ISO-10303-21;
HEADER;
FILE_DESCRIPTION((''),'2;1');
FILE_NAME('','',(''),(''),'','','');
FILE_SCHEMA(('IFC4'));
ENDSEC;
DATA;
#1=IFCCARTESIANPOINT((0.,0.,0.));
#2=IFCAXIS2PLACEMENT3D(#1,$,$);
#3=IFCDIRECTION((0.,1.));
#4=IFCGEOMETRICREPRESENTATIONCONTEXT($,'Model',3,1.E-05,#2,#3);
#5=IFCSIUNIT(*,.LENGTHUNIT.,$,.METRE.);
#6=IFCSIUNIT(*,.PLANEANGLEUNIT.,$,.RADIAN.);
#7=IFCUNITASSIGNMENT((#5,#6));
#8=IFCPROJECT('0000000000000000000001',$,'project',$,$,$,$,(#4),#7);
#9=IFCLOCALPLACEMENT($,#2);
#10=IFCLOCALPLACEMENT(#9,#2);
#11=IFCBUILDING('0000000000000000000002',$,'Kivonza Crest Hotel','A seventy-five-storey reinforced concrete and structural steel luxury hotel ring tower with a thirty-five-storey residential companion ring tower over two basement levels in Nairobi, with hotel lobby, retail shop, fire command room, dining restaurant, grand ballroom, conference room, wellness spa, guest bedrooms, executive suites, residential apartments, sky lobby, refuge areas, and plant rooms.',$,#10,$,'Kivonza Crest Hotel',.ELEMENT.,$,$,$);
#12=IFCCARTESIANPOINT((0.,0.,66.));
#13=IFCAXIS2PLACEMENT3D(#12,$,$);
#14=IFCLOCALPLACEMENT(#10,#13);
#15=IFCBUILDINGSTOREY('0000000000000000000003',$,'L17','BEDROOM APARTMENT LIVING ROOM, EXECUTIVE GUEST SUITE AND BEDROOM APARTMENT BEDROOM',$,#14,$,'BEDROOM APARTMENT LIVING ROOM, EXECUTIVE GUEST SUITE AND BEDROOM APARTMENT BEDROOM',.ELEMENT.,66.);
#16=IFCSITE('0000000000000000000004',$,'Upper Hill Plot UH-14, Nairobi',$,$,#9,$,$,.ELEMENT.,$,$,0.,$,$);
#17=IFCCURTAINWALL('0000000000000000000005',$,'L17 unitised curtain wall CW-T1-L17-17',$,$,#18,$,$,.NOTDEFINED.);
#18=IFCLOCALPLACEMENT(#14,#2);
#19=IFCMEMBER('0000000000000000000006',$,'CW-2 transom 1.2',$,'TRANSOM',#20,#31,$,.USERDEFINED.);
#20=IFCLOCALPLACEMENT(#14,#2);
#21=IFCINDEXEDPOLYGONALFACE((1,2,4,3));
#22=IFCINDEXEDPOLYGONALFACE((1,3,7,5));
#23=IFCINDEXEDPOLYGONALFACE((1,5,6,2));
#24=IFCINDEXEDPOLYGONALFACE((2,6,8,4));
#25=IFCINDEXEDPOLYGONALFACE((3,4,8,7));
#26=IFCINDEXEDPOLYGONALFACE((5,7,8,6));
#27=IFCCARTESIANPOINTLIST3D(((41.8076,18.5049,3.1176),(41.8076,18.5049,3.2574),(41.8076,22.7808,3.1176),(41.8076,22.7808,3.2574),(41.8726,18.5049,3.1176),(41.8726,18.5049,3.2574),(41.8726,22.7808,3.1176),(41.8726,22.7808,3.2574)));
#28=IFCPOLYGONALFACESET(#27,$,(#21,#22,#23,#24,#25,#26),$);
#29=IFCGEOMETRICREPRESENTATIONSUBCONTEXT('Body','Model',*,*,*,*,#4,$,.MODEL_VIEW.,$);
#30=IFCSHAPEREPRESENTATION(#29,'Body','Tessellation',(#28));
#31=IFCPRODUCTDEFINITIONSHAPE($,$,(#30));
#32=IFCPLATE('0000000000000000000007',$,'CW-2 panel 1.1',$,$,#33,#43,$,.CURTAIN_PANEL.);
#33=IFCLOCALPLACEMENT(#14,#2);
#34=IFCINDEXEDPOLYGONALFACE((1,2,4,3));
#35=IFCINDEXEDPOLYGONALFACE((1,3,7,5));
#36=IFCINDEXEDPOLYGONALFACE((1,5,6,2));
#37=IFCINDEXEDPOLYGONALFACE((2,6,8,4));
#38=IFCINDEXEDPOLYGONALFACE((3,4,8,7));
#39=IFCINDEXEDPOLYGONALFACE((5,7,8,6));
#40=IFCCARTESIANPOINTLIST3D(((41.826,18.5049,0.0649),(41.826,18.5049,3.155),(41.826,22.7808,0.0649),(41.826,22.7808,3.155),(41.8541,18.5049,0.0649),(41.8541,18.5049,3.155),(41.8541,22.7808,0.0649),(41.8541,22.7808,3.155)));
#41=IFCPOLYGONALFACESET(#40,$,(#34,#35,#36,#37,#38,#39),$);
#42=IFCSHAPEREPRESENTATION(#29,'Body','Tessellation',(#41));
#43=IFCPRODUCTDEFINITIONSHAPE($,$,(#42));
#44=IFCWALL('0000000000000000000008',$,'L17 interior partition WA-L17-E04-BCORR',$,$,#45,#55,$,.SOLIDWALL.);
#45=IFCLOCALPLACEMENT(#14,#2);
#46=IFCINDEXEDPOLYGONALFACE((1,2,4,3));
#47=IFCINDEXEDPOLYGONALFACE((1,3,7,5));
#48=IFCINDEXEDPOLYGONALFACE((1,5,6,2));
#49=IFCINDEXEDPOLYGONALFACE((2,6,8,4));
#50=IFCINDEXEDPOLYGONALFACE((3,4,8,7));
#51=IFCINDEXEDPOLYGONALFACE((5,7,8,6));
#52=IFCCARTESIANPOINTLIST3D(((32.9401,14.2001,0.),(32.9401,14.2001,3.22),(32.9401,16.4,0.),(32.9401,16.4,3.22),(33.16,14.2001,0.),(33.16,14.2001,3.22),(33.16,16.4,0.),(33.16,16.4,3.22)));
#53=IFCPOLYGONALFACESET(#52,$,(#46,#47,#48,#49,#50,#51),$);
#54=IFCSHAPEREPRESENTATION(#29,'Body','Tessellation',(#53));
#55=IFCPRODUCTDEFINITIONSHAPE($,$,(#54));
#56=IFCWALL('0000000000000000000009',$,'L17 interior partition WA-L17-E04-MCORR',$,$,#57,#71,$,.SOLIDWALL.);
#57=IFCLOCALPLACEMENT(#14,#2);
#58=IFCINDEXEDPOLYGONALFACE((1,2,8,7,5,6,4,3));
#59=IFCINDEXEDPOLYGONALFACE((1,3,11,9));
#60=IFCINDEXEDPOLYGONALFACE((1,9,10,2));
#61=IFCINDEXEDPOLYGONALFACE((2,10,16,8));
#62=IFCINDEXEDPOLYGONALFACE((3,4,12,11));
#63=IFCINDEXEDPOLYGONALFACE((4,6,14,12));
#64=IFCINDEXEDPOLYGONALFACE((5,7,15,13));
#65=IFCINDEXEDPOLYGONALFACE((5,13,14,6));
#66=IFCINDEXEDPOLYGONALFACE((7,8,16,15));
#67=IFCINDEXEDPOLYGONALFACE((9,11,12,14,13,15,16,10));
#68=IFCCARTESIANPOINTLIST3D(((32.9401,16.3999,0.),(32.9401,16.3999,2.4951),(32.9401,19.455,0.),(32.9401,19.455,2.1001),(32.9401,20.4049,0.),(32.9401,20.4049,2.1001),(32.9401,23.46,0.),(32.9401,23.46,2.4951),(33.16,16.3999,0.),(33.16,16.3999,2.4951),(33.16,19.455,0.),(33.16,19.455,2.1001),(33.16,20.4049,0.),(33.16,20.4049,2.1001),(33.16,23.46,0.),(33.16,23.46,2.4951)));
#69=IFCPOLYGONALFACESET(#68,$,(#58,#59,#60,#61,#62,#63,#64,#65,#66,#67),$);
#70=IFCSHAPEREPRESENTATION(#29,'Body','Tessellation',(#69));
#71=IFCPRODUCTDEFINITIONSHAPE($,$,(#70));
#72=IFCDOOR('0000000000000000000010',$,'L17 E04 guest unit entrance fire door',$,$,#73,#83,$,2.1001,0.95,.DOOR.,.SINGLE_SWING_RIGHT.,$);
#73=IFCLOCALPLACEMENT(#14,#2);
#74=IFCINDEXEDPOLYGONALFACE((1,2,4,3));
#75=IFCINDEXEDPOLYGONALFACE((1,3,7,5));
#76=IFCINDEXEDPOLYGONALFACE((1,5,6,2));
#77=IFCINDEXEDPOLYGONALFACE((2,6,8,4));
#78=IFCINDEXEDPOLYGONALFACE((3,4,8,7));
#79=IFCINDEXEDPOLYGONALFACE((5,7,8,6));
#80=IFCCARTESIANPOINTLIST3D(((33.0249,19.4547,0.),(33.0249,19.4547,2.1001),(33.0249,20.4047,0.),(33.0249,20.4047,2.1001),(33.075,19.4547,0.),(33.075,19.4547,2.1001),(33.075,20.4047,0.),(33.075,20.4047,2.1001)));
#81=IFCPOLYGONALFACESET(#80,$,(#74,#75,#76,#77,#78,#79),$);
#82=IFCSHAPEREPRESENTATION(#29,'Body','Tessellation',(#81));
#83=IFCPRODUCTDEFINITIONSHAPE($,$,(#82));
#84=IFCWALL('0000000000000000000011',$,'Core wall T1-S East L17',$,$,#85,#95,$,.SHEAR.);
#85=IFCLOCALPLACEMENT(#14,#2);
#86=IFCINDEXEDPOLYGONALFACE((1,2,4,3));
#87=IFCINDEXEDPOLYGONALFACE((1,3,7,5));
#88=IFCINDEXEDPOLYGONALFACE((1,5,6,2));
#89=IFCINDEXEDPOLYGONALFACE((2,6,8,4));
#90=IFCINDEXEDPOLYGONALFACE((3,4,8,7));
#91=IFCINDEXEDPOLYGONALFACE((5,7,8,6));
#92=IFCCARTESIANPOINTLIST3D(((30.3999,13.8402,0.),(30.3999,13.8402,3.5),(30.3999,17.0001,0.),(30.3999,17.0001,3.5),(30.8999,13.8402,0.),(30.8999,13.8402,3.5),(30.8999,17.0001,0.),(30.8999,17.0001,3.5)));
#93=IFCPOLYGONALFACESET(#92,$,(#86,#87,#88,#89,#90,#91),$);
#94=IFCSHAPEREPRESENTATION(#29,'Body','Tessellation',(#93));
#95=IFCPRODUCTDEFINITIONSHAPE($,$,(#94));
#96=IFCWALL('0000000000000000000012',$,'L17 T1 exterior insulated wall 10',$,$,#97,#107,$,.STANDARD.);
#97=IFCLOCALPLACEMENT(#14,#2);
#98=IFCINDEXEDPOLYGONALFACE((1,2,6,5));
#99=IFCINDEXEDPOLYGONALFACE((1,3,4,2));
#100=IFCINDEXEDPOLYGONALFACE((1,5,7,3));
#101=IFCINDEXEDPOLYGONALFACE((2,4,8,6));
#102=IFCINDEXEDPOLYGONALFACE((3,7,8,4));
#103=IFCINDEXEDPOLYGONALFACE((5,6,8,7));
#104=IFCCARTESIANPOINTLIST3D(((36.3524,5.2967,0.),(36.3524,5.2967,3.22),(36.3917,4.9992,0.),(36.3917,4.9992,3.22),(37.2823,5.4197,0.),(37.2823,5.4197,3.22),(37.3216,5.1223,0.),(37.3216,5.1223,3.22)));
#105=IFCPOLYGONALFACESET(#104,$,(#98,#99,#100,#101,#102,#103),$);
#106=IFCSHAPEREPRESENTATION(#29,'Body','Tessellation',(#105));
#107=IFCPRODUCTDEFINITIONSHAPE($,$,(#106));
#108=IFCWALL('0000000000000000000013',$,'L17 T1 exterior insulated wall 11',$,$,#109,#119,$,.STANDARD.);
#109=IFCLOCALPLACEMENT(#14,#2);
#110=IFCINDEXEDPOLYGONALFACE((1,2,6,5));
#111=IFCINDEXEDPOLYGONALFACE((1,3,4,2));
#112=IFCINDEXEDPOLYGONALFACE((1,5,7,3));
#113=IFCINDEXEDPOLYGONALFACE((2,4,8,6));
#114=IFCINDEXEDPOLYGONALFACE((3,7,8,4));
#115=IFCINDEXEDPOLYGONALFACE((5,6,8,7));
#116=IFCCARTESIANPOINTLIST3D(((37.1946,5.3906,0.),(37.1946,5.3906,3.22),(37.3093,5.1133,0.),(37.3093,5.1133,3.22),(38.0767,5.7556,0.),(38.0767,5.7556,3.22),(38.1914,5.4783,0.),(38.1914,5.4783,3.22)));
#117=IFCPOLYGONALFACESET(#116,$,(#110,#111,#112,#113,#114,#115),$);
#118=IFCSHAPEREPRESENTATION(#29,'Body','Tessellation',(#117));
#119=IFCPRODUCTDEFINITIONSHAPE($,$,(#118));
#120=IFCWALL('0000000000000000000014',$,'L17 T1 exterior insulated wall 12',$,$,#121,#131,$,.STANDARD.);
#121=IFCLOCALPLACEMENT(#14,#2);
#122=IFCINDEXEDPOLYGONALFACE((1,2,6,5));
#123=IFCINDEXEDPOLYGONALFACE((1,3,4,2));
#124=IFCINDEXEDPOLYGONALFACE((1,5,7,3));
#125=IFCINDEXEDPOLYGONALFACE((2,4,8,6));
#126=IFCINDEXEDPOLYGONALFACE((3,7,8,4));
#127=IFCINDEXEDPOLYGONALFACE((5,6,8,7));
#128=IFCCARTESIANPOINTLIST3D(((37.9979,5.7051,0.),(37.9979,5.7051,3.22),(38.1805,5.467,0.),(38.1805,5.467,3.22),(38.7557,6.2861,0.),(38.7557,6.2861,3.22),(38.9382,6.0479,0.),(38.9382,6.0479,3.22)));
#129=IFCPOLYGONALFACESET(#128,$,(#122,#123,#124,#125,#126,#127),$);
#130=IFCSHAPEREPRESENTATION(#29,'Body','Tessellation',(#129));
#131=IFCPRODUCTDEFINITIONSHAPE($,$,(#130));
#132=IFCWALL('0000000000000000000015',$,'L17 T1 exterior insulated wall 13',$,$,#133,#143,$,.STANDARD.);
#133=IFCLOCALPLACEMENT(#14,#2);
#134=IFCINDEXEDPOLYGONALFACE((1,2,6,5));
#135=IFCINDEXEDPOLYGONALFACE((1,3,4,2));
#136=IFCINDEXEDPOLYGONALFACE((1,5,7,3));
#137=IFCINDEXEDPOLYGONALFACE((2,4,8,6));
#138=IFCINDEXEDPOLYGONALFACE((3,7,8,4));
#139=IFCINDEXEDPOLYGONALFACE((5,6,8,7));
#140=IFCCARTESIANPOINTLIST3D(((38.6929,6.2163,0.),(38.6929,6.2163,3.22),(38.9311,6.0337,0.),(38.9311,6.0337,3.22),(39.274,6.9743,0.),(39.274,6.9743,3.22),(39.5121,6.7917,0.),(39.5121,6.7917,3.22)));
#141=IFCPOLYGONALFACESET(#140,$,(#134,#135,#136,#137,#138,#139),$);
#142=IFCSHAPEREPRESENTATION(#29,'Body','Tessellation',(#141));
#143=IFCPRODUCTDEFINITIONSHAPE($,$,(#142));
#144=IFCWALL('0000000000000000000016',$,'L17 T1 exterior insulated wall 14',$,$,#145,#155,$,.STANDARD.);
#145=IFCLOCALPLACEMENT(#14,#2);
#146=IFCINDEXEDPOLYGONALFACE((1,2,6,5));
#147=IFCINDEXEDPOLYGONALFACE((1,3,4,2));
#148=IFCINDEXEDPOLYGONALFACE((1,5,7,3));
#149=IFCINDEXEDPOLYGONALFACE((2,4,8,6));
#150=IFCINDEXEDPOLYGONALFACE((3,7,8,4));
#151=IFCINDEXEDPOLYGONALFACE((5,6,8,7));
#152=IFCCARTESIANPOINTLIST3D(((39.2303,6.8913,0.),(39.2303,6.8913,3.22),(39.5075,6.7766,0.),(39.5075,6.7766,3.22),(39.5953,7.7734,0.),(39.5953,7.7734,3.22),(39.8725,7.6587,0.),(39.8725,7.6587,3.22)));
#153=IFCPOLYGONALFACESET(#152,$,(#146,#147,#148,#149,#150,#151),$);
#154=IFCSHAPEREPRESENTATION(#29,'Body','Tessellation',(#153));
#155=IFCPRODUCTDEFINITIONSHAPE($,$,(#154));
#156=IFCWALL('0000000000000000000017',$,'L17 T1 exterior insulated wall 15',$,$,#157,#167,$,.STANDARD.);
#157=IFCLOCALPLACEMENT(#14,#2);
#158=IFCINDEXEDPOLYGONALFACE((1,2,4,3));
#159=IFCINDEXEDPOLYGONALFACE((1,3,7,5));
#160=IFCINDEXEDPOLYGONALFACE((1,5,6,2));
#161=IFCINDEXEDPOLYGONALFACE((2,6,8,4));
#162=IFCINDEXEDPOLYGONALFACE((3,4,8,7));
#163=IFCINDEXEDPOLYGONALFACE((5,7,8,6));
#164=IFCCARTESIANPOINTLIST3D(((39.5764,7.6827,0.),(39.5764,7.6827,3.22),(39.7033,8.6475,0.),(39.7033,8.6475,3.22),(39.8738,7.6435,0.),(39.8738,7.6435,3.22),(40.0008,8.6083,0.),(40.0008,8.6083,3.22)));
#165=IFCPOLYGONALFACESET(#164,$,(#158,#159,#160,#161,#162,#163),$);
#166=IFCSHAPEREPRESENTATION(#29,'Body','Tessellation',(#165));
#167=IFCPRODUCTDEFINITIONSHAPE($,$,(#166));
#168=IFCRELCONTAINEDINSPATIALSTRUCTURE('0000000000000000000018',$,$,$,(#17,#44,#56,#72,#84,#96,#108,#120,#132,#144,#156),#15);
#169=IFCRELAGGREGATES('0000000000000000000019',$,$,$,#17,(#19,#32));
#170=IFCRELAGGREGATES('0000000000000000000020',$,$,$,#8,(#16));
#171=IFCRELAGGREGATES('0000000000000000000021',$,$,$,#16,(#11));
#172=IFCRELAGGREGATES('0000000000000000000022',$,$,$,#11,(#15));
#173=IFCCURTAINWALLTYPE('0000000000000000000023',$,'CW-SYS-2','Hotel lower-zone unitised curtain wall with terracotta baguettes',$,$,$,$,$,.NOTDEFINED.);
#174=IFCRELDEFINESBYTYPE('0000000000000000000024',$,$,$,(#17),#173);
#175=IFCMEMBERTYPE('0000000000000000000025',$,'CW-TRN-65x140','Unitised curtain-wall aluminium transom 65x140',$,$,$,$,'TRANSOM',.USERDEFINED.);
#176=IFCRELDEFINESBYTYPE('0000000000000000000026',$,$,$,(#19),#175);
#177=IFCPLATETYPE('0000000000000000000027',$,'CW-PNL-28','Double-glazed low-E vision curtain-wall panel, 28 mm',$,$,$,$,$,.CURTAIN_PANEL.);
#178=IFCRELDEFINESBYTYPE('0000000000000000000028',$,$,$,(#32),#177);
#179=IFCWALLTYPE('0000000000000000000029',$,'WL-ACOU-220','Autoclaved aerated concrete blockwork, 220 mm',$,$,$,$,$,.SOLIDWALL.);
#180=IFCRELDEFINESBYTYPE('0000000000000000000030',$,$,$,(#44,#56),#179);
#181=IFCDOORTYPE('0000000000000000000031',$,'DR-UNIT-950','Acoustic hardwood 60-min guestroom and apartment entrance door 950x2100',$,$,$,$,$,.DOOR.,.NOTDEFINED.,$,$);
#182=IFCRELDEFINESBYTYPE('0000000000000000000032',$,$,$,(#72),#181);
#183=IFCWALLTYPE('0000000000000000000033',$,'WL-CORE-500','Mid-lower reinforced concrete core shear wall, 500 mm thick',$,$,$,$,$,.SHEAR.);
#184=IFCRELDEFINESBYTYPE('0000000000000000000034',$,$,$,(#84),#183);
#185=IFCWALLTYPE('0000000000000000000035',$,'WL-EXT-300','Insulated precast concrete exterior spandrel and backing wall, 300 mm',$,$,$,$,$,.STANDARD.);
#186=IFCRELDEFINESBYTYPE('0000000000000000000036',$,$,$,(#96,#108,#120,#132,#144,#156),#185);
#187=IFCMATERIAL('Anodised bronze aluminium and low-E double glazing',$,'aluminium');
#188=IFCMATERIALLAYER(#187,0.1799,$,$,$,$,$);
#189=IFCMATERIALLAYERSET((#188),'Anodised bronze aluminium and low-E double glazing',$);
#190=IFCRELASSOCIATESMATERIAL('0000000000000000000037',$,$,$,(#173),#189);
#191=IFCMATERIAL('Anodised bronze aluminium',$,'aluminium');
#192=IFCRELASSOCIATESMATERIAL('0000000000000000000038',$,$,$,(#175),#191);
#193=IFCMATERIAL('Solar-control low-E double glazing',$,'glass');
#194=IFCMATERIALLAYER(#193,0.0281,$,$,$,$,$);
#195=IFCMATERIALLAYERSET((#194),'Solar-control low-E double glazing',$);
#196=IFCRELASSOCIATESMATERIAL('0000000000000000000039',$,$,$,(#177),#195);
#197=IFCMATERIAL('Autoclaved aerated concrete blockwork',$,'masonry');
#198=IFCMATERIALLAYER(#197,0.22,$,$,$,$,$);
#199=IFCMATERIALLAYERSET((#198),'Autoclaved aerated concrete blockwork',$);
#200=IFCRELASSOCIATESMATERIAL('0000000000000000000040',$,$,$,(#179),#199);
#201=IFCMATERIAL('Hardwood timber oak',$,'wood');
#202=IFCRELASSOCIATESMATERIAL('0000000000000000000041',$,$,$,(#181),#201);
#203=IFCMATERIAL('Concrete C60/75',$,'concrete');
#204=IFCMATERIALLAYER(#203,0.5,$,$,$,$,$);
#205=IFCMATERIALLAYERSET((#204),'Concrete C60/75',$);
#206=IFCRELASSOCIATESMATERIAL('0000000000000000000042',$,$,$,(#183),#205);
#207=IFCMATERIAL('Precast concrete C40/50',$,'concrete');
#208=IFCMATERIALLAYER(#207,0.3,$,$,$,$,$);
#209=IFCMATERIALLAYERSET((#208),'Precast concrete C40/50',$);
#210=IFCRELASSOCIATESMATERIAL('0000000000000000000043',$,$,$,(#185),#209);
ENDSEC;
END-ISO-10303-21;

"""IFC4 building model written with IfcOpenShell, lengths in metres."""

from ifc_helpers import new_model, si_unit, direction, frame, frame_2d, origin, origin_2d, place, context, subcontext, project, spatial, rectangle, extrude, material, layer, layer_set, material_profile, profile_set, type_object, element, fill, aggregate, save


model = new_model("IFC4")

# Units and contexts
model_context = context("Model", 3, precision=1e-05, world=origin(), true_north=direction((0.0, 1.0)))
body_context = subcontext(model_context, "Body", "Model", "MODEL_VIEW")
ifc_project = project(units=[si_unit("LENGTHUNIT", "METRE"), si_unit("PLANEANGLEUNIT", "RADIAN")], contexts=[model_context])

# Site, building, storey
site_placement = place(None, origin())
site = spatial("IfcSite", under=ifc_project, at=site_placement, Name="Upper Hill Plot UH-14, Nairobi", CompositionType="ELEMENT", RefElevation=0.0)
building_placement = place(site_placement, origin())
building = spatial("IfcBuilding", under=site, at=building_placement, Name="Kivonza Crest Hotel", Description="A seventy-five-storey reinforced concrete and structural steel luxury hotel ring tower with a thirty-five-storey residential companion ring tower over two basement levels in Nairobi, with hotel lobby, retail shop, fire command room, dining restaurant, grand ballroom, conference room, wellness spa, guest bedrooms, executive suites, residential apartments, sky lobby, refuge areas, and plant rooms.", LongName="Kivonza Crest Hotel", CompositionType="ELEMENT")
storey_placement = place(building_placement, frame((0.0, 0.0, 66.0)))
storey = spatial("IfcBuildingStorey", under=building, at=storey_placement, Name="L17", Description="BEDROOM APARTMENT LIVING ROOM, EXECUTIVE GUEST SUITE AND BEDROOM APARTMENT BEDROOM", LongName="BEDROOM APARTMENT LIVING ROOM, EXECUTIVE GUEST SUITE AND BEDROOM APARTMENT BEDROOM", CompositionType="ELEMENT", Elevation=66.0)

# Shared definitions
ifc_material_1 = material(Name="Concrete C60/75", Category="concrete")

# Curtain wall, member, plate
ifc_material_2 = material(Name="Anodised bronze aluminium and low-E double glazing", Category="aluminium")
ifc_layer_1 = layer(ifc_material_2, 0.1799)
ifc_layer_set_1 = layer_set([ifc_layer_1], Name="Anodised bronze aluminium and low-E double glazing")
curtain_wall_type = type_object("IfcCurtainWallType", Name="CW-SYS-2", Description="Hotel lower-zone unitised curtain wall with terracotta baguettes", PredefinedType="NOTDEFINED", material=ifc_layer_set_1)
curtain_wall_placement = place(storey_placement, origin())
curtain_wall = element("IfcCurtainWall", 1, at=curtain_wall_placement, inside=storey, type_object=curtain_wall_type, Name="L17 unitised curtain wall CW-T1-L17-17", PredefinedType="NOTDEFINED")
ifc_material_3 = material(Name="Anodised bronze aluminium", Category="aluminium")
ifc_material_profile_1 = material_profile(ifc_material_3, rectangle(XDim=0.0649, YDim=0.1399, at=origin_2d()), Name="CW-T 65x140")
ifc_profile_set_1 = profile_set([ifc_material_profile_1], Name="Anodised bronze aluminium")
member_type_1 = type_object("IfcMemberType", Name="CW-TRN-65x140", Description="Unitised curtain-wall aluminium transom 65x140", ElementType="TRANSOM", PredefinedType="USERDEFINED", material=ifc_profile_set_1)
member_1_placement = place(storey_placement, frame((41.8401, 18.5049, 3.1875), z_axis=(0.0, 1.0, 0.0), x_axis=(-1.0, 0.0, 0.0)))
member_1 = element("IfcMember", 2, at=member_1_placement, type_object=member_type_1, Name="CW-2 transom 1.2", ObjectType="TRANSOM", PredefinedType="USERDEFINED", context=body_context, shape_type="SweptSolid", body=[
    extrude(rectangle(XDim=0.0649, YDim=0.1399, at=origin_2d()), origin(), (0.0, 0.0, 1.0), 4.2759),
])
ifc_material_4 = material(Name="Solar-control low-E double glazing", Category="glass")
ifc_layer_2 = layer(ifc_material_4, 0.0281)
ifc_layer_set_2 = layer_set([ifc_layer_2], Name="Solar-control low-E double glazing")
plate_type = type_object("IfcPlateType", Name="CW-PNL-28", Description="Double-glazed low-E vision curtain-wall panel, 28 mm", PredefinedType="CURTAIN_PANEL", material=ifc_layer_set_2)
plate_placement = place(storey_placement, frame((41.8401, 20.6428, 0.0649), z_axis=(0.0, 0.0, 1.0), x_axis=(0.0, 1.0, 0.0)))
plate = element("IfcPlate", 3, at=plate_placement, type_object=plate_type, Name="CW-2 panel 1.1", PredefinedType="CURTAIN_PANEL", context=body_context, shape_type="SweptSolid", body=[
    extrude(rectangle(XDim=4.2759, YDim=0.0281, at=origin_2d()), origin(), (0.0, 0.0, 1.0), 3.0901),
])
aggregate(curtain_wall, [member_1, plate])

# Wall
ifc_material_5 = material(Name="Autoclaved aerated concrete blockwork", Category="masonry")
ifc_layer_3 = layer(ifc_material_5, 0.22)
ifc_layer_set_3 = layer_set([ifc_layer_3], Name="Autoclaved aerated concrete blockwork")
wall_type_1 = type_object("IfcWallType", Name="WL-ACOU-220", Description="Autoclaved aerated concrete blockwork, 220 mm", PredefinedType="SOLIDWALL", material=ifc_layer_set_3)
wall_1_placement = place(storey_placement, frame((33.05, 14.2, 0.0), z_axis=(0.0, 0.0, 1.0), x_axis=(0.0, 1.0, 0.0)))
element("IfcWall", 4, at=wall_1_placement, inside=storey, type_object=wall_type_1, Name="L17 interior partition WA-L17-E04-BCORR", PredefinedType="SOLIDWALL", context=body_context, shape_type="SweptSolid", body=[
    extrude(rectangle(XDim=2.2, YDim=0.22, at=frame_2d((1.1001, 0.0))), origin(), (0.0, 0.0, 1.0), 3.22),
])

# Wall, opening, door
wall_2_placement = place(storey_placement, frame((33.05, 16.3999, 0.0), z_axis=(0.0, 0.0, 1.0), x_axis=(0.0, 1.0, 0.0)))
wall_2 = element("IfcWall", 5, at=wall_2_placement, inside=storey, type_object=wall_type_1, Name="L17 interior partition WA-L17-E04-MCORR", PredefinedType="SOLIDWALL", context=body_context, shape_type="SweptSolid", body=[
    extrude(rectangle(XDim=7.0601, YDim=0.22, at=frame_2d((3.53, 0.0))), origin(), (0.0, 0.0, 1.0), 2.4951),
])
opening_1_placement = place(wall_2_placement, frame((3.0549, 0.0, 0.0)))
opening_1 = element("IfcOpeningElement", 6, at=opening_1_placement, cuts=wall_2, PredefinedType="OPENING", context=body_context, shape_type="SweptSolid", body=[
    extrude(rectangle(XDim=0.95, YDim=2.1001, at=frame_2d((0.4751, 1.05))), frame((0.0, 0.1201, 0.0), z_axis=(0.0, -1.0, 0.0), x_axis=(1.0, 0.0, 0.0)), (0.0, 0.0, 1.0), 0.24),
])
ifc_material_6 = material(Name="Hardwood timber oak", Category="wood")
door_type_1 = type_object("IfcDoorType", Name="DR-UNIT-950", Description="Acoustic hardwood 60-min guestroom and apartment entrance door 950x2100", OperationType="NOTDEFINED", PredefinedType="DOOR", material=ifc_material_6)
door_1_placement = place(opening_1_placement, frame((0.95, 0.0, 0.0), z_axis=(0.0, 0.0, 1.0), x_axis=(-1.0, 0.0, 0.0)))
door_1 = element("IfcDoor", 7, at=door_1_placement, inside=storey, type_object=door_type_1, Name="L17 E04 guest unit entrance fire door", OperationType="SINGLE_SWING_RIGHT", OverallHeight=2.1001, OverallWidth=0.95, PredefinedType="DOOR", context=body_context, shape_type="SweptSolid", body=[
    extrude(rectangle(XDim=0.95, YDim=2.1001, at=frame_2d((0.4751, 1.05))), frame((0.0, 0.0249, 0.0), z_axis=(0.0, -1.0, 0.0), x_axis=(1.0, 0.0, 0.0)), (0.0, 0.0, 1.0), 0.05),
])
fill(opening_1, door_1)

# Walls
ifc_layer_4 = layer(ifc_material_1, 0.5)
ifc_layer_set_4 = layer_set([ifc_layer_4], Name="Concrete C60/75")
wall_type_2 = type_object("IfcWallType", Name="WL-CORE-500", Description="Mid-lower reinforced concrete core shear wall, 500 mm thick", PredefinedType="SHEAR", material=ifc_layer_set_4)
wall_3_placement = place(storey_placement, frame((30.6499, 13.8401, 0.0), z_axis=(0.0, 0.0, 1.0), x_axis=(0.0, 1.0, 0.0)))
element("IfcWall", 8, at=wall_3_placement, inside=storey, type_object=wall_type_2, Name="Core wall T1-S East L17", PredefinedType="SHEAR", context=body_context, shape_type="SweptSolid", body=[
    extrude(rectangle(XDim=3.1599, YDim=0.5, at=frame_2d((1.5801, 0.0))), origin(), (0.0, 0.0, 1.0), 3.5),
])
ifc_material_7 = material(Name="Precast concrete C40/50", Category="concrete")
ifc_layer_5 = layer(ifc_material_7, 0.3)
ifc_layer_set_5 = layer_set([ifc_layer_5], Name="Precast concrete C40/50")
wall_type_3 = type_object("IfcWallType", Name="WL-EXT-300", Description="Insulated precast concrete exterior spandrel and backing wall, 300 mm", PredefinedType="STANDARD", material=ifc_layer_set_5)
wall_4_placement = place(storey_placement, frame((36.3721, 5.1479, 0.0), z_axis=(0.0, 0.0, 1.0), x_axis=(0.991359, 0.131175, 0.0)))
element("IfcWall", 9, at=wall_4_placement, inside=storey, type_object=wall_type_3, Name="L17 T1 exterior insulated wall 10", PredefinedType="STANDARD", context=body_context, shape_type="SweptSolid", body=[
    extrude(rectangle(XDim=0.938, YDim=0.3, at=frame_2d((0.469, 0.0))), origin(), (0.0, 0.0, 1.0), 3.22),
])
wall_5_placement = place(storey_placement, frame((37.252, 5.252, 0.0), z_axis=(0.0, 0.0, 1.0), x_axis=(0.92402, 0.382344, 0.0)))
element("IfcWall", 10, at=wall_5_placement, inside=storey, type_object=wall_type_3, Name="L17 T1 exterior insulated wall 11", PredefinedType="STANDARD", context=body_context, shape_type="SweptSolid", body=[
    extrude(rectangle(XDim=0.9546, YDim=0.3, at=frame_2d((0.4773, 0.0))), origin(), (0.0, 0.0, 1.0), 3.22),
])
wall_6_placement = place(storey_placement, frame((38.0891, 5.5859, 0.0), z_axis=(0.0, 0.0, 1.0), x_axis=(0.793573, 0.608474, 0.0)))
element("IfcWall", 11, at=wall_6_placement, inside=storey, type_object=wall_type_3, Name="L17 T1 exterior insulated wall 12", PredefinedType="STANDARD", context=body_context, shape_type="SweptSolid", body=[
    extrude(rectangle(XDim=0.9548, YDim=0.3, at=frame_2d((0.4775, 0.0))), origin(), (0.0, 0.0, 1.0), 3.22),
])
wall_7_placement = place(storey_placement, frame((38.812, 6.125, 0.0), z_axis=(0.0, 0.0, 1.0), x_axis=(0.608351, 0.793668, 0.0)))
element("IfcWall", 12, at=wall_7_placement, inside=storey, type_object=wall_type_3, Name="L17 T1 exterior insulated wall 13", PredefinedType="STANDARD", context=body_context, shape_type="SweptSolid", body=[
    extrude(rectangle(XDim=0.9551, YDim=0.3, at=frame_2d((0.4775, 0.0))), origin(), (0.0, 0.0, 1.0), 3.22),
])
wall_8_placement = place(storey_placement, frame((39.3689, 6.834, 0.0), z_axis=(0.0, 0.0, 1.0), x_axis=(0.382344, 0.92402, 0.0)))
element("IfcWall", 13, at=wall_8_placement, inside=storey, type_object=wall_type_3, Name="L17 T1 exterior insulated wall 14", PredefinedType="STANDARD", context=body_context, shape_type="SweptSolid", body=[
    extrude(rectangle(XDim=0.9546, YDim=0.3, at=frame_2d((0.4773, 0.0))), origin(), (0.0, 0.0, 1.0), 3.22),
])
wall_9_placement = place(storey_placement, frame((39.7251, 7.6631, 0.0), z_axis=(0.0, 0.0, 1.0), x_axis=(0.130455, 0.991454, 0.0)))
element("IfcWall", 14, at=wall_9_placement, inside=storey, type_object=wall_type_3, Name="L17 T1 exterior insulated wall 15", PredefinedType="STANDARD", context=body_context, shape_type="SweptSolid", body=[
    extrude(rectangle(XDim=0.9731, YDim=0.3, at=frame_2d((0.4866, 0.0))), origin(), (0.0, 0.0, 1.0), 3.22),
])

save(model, "model.ifc")
